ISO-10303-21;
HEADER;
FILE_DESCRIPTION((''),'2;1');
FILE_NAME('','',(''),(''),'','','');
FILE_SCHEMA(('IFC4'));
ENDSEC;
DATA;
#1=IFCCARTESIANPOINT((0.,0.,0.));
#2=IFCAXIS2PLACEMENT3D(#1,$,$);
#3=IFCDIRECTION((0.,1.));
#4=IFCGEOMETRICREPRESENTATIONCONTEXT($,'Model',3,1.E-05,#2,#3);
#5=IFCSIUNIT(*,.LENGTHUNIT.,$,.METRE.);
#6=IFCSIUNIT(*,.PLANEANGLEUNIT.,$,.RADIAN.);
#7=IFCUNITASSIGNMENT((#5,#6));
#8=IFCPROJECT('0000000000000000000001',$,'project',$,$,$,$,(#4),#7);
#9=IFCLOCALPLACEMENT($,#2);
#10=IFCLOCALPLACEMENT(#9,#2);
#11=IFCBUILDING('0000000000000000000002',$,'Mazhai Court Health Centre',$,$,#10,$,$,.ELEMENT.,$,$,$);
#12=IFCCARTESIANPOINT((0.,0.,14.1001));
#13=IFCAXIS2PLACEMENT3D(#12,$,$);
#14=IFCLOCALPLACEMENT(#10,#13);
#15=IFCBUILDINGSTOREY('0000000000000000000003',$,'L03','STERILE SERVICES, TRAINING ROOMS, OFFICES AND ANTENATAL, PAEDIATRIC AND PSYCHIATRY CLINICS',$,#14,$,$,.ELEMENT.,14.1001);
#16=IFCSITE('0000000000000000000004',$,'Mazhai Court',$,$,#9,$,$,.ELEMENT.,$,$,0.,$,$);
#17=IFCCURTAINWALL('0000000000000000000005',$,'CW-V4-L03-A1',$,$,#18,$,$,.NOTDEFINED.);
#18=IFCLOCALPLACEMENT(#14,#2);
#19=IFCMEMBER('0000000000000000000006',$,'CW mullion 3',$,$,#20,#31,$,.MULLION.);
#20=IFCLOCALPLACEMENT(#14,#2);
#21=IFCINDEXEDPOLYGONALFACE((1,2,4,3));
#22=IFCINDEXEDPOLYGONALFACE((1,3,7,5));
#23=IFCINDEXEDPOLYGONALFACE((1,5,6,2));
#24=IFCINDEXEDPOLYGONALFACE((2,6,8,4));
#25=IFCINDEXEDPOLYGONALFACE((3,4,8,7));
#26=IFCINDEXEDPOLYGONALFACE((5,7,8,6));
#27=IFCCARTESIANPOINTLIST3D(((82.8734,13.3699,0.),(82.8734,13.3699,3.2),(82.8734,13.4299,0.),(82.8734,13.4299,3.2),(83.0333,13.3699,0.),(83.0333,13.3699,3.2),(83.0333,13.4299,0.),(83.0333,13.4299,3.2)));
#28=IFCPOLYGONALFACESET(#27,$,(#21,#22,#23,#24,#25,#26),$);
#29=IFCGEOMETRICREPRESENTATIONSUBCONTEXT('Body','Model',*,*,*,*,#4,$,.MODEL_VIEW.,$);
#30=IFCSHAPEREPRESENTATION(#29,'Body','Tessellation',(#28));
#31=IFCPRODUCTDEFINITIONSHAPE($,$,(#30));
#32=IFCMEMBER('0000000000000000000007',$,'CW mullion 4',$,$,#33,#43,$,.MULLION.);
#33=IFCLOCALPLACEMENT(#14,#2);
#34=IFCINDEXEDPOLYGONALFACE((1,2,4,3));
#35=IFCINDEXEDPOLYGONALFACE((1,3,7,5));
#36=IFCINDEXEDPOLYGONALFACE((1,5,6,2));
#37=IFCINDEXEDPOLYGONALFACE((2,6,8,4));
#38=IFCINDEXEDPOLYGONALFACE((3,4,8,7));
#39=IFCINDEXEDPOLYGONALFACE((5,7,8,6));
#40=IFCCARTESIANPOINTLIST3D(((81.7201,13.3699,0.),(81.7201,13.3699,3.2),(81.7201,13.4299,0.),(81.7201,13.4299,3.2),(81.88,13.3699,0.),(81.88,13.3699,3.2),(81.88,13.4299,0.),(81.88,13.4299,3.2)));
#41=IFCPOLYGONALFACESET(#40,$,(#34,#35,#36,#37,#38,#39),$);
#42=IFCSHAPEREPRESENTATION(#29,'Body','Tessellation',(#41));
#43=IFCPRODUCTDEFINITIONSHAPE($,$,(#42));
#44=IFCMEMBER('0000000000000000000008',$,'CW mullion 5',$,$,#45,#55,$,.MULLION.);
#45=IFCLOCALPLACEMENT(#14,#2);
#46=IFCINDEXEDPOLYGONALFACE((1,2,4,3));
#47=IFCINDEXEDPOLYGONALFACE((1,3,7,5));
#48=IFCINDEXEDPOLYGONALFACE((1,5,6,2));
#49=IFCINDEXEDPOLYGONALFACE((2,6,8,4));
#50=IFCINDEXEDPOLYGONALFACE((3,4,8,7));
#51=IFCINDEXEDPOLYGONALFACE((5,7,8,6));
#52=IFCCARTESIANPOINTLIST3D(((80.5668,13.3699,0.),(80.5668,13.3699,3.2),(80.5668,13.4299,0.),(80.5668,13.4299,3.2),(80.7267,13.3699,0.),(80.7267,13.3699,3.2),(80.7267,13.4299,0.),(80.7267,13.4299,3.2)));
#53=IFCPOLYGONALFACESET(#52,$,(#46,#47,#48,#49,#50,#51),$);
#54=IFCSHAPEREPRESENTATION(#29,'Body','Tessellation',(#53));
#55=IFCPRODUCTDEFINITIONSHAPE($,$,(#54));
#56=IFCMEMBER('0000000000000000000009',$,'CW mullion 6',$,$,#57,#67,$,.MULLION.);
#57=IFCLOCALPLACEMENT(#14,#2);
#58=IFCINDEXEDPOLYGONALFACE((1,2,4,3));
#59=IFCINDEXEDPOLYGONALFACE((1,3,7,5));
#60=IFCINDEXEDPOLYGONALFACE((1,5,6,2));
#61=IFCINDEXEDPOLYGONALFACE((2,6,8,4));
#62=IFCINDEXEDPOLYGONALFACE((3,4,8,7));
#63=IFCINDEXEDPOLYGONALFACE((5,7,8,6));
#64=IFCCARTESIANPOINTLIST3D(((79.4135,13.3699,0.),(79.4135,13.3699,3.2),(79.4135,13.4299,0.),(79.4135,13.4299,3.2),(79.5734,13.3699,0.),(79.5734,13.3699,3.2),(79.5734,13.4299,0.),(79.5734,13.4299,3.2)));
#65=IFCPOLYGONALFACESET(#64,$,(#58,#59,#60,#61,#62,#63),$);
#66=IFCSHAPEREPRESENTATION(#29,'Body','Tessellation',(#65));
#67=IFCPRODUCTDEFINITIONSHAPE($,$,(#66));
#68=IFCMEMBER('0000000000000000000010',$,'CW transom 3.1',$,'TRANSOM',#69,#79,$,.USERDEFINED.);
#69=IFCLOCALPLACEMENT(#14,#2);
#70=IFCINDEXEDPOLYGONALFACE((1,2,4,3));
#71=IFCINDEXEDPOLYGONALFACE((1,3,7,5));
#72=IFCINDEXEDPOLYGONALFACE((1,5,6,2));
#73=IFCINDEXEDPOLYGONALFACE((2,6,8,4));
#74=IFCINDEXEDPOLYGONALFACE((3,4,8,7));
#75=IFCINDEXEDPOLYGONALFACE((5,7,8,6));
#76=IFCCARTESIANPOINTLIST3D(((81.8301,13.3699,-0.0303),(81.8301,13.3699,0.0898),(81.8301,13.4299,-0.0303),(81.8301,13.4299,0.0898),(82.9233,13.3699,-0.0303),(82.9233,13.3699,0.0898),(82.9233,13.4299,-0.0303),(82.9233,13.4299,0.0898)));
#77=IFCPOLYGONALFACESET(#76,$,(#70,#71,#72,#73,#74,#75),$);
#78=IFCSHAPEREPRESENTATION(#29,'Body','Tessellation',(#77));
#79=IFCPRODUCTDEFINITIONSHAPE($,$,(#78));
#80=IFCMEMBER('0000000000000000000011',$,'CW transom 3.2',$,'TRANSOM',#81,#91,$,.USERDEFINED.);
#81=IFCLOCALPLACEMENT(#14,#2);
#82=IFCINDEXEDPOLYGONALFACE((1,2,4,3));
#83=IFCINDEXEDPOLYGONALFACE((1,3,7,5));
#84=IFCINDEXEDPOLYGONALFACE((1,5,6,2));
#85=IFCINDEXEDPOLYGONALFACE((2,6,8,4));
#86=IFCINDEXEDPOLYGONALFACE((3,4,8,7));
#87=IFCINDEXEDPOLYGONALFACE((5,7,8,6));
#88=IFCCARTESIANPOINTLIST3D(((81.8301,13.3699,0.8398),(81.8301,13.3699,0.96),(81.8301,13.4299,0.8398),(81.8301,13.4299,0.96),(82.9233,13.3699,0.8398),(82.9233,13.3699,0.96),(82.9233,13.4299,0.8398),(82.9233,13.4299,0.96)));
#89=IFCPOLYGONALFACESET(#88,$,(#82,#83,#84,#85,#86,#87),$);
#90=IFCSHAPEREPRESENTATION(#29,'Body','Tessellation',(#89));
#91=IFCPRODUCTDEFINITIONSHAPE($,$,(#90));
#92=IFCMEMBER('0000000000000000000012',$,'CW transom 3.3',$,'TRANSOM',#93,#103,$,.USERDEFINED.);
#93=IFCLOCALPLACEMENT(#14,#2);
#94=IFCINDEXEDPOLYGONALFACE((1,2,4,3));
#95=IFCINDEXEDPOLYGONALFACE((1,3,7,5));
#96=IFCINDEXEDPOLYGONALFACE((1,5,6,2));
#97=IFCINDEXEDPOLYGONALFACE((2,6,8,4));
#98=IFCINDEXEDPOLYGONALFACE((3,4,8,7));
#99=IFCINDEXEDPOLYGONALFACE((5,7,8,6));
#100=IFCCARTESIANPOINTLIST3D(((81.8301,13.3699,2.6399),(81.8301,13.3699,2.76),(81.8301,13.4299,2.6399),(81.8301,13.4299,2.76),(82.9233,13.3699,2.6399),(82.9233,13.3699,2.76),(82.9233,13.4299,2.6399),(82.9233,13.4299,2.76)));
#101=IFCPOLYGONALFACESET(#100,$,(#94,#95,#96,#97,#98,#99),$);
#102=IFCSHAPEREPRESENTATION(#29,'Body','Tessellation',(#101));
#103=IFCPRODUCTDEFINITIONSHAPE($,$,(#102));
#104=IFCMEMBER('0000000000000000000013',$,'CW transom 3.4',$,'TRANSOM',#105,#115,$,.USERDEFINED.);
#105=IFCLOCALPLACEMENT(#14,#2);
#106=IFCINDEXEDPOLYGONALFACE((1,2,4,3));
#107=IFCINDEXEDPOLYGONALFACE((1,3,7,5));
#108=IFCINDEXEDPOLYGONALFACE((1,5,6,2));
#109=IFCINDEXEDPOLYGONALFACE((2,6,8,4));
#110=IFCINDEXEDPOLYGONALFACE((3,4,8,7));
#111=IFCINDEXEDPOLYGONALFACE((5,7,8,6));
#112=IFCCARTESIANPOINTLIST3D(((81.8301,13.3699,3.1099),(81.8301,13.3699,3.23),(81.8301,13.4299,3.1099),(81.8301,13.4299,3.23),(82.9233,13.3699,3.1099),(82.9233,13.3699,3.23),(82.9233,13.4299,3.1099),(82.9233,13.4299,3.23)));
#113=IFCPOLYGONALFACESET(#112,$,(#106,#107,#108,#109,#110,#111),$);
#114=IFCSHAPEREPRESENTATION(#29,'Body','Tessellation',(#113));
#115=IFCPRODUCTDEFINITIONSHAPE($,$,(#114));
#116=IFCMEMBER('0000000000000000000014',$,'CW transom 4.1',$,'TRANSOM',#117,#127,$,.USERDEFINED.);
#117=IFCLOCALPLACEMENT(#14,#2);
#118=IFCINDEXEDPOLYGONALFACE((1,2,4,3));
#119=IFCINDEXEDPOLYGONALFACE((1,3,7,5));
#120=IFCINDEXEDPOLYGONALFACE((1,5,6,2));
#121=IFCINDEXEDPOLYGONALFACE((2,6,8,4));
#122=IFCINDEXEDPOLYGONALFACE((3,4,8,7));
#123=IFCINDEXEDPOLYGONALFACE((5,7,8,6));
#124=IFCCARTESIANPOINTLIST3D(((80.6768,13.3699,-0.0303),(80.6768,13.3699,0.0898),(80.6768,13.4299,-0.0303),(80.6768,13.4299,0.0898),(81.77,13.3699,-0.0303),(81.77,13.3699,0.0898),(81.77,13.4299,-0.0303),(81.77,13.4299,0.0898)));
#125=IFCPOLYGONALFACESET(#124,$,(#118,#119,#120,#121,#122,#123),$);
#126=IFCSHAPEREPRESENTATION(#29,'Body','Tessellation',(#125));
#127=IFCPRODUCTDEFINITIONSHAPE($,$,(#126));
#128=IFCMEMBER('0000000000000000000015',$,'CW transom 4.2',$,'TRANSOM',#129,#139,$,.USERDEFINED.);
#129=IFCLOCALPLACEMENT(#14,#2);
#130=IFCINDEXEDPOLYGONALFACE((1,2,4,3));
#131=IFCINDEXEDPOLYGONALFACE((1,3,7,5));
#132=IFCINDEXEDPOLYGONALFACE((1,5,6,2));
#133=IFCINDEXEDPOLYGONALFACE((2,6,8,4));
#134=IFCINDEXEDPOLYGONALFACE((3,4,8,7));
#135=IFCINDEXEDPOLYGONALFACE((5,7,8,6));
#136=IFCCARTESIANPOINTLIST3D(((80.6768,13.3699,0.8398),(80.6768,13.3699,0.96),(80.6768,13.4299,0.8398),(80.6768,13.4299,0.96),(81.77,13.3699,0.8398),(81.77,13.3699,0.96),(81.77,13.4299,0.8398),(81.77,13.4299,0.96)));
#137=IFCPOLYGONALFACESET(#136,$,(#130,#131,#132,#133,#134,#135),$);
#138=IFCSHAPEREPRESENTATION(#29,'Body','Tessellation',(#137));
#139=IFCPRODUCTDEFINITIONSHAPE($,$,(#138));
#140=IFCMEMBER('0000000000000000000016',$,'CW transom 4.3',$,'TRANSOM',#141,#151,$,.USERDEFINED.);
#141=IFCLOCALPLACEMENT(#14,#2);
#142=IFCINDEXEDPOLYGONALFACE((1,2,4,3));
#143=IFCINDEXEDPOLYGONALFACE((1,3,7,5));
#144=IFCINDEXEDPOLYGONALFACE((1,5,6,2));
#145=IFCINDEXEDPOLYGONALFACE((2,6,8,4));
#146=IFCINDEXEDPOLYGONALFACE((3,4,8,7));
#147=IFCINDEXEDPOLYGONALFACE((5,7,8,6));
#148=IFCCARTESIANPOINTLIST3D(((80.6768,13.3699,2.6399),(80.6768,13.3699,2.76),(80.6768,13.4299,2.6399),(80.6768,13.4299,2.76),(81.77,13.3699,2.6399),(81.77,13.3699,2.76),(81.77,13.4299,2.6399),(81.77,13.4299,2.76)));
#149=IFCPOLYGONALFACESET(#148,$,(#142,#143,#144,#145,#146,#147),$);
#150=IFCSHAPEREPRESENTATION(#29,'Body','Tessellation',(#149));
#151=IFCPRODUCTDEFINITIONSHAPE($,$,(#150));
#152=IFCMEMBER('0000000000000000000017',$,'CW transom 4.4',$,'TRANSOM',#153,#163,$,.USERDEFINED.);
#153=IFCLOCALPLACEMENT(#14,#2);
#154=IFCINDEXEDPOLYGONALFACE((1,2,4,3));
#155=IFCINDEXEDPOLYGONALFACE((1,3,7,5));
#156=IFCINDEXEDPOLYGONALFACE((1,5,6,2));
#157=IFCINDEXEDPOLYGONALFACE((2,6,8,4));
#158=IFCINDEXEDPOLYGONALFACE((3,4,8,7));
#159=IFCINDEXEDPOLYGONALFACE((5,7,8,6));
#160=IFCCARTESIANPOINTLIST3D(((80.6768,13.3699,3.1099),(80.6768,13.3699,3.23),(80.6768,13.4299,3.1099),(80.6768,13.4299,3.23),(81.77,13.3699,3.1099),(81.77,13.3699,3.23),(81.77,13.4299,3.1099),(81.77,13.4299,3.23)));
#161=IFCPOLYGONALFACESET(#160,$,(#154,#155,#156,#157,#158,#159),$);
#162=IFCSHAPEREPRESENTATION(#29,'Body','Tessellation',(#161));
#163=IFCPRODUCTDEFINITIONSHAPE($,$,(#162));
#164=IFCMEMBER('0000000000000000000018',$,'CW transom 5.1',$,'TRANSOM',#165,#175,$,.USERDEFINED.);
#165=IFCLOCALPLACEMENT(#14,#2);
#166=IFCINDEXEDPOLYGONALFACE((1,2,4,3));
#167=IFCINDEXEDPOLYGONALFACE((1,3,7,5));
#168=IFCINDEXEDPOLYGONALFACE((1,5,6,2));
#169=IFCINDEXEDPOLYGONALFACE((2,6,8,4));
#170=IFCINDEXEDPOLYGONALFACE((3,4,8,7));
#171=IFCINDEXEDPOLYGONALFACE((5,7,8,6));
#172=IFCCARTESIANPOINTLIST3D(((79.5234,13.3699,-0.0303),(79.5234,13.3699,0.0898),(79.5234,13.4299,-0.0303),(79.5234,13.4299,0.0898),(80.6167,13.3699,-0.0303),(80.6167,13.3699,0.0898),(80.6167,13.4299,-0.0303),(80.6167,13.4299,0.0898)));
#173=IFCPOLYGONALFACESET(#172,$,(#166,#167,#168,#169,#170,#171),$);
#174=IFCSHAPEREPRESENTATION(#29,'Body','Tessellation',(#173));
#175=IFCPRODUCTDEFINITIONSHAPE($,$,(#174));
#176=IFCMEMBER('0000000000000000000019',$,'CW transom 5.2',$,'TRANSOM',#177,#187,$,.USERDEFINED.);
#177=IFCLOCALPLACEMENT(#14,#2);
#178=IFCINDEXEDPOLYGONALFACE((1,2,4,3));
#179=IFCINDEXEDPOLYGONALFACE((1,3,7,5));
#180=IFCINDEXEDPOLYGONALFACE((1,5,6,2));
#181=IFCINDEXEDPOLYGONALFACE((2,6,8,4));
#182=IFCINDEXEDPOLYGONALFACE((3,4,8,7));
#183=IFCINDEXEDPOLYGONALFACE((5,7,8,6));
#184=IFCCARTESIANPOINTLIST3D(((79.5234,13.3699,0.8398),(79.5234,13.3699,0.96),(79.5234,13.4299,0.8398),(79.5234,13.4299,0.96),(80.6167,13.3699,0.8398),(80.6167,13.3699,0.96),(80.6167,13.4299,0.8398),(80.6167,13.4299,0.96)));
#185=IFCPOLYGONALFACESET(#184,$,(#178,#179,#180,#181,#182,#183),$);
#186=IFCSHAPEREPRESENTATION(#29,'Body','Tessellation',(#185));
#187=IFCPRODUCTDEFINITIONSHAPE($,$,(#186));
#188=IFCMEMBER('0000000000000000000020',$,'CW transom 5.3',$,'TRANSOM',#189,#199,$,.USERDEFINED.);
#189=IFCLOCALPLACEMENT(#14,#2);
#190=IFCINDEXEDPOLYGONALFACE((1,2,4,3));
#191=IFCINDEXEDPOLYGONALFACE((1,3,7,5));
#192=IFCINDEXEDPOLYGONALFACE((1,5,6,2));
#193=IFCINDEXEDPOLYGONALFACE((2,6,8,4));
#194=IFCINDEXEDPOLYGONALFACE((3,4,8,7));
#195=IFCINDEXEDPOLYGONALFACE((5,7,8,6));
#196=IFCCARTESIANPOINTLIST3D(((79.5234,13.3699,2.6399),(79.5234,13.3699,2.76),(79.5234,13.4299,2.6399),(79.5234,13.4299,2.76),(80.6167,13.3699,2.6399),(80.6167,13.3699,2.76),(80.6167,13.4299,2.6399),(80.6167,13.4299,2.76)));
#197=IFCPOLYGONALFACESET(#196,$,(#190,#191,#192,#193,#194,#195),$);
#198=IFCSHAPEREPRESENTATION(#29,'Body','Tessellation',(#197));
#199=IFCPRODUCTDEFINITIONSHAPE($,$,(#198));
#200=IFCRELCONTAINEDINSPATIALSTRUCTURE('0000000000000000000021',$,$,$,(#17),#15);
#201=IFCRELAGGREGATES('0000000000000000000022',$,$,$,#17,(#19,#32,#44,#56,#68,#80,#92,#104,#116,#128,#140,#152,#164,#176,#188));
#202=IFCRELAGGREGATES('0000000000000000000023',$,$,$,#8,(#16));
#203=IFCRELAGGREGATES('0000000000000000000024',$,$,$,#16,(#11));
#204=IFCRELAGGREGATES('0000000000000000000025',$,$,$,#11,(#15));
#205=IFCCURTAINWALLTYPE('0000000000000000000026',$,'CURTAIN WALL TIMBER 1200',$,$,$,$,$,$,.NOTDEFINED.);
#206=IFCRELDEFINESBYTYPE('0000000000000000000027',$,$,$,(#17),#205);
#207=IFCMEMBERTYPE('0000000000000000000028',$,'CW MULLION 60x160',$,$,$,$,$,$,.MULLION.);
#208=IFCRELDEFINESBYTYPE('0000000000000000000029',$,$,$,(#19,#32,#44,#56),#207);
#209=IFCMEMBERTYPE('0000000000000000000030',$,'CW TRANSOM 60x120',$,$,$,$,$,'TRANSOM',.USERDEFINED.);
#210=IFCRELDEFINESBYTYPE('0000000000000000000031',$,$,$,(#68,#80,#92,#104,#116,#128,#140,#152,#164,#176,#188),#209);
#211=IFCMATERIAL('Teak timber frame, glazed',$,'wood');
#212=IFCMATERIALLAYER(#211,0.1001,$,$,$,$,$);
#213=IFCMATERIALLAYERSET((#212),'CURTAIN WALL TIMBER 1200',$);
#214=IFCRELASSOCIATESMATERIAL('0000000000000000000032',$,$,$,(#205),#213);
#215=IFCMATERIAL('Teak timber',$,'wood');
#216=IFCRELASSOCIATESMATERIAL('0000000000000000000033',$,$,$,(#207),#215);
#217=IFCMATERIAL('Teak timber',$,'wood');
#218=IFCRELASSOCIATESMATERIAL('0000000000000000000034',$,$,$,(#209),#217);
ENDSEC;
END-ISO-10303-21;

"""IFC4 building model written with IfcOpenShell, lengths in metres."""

from ifc_helpers import new_model, si_unit, direction, frame, origin, origin_2d, place, context, subcontext, project, spatial, rectangle, extrude, material, layer, layer_set, material_profile, profile_set, type_object, element, aggregate, save


model = new_model("IFC4")

# Units and contexts
model_context = context("Model", 3, precision=1e-05, world=origin(), true_north=direction((0.0, 1.0)))
body_context = subcontext(model_context, "Body", "Model", "MODEL_VIEW")
ifc_project = project(units=[si_unit("LENGTHUNIT", "METRE"), si_unit("PLANEANGLEUNIT", "RADIAN")], contexts=[model_context])

# Site, building, storey
site_placement = place(None, origin())
site = spatial("IfcSite", under=ifc_project, at=site_placement, Name="Mazhai Court", CompositionType="ELEMENT", RefElevation=0.0)
building_placement = place(site_placement, origin())
building = spatial("IfcBuilding", under=site, at=building_placement, Name="Mazhai Court Health Centre", CompositionType="ELEMENT")
storey_placement = place(building_placement, frame((0.0, 0.0, 14.1001)))
storey = spatial("IfcBuildingStorey", under=building, at=storey_placement, Name="L03", Description="STERILE SERVICES, TRAINING ROOMS, OFFICES AND ANTENATAL, PAEDIATRIC AND PSYCHIATRY CLINICS", CompositionType="ELEMENT", Elevation=14.1001)

# Curtain wall, members
ifc_material_1 = material(Name="Teak timber frame, glazed", Category="wood")
ifc_layer_1 = layer(ifc_material_1, 0.1001)
ifc_layer_set_1 = layer_set([ifc_layer_1], Name="CURTAIN WALL TIMBER 1200")
curtain_wall_type = type_object("IfcCurtainWallType", Name="CURTAIN WALL TIMBER 1200", PredefinedType="NOTDEFINED", material=ifc_layer_set_1)
curtain_wall_placement = place(storey_placement, origin())
curtain_wall = element("IfcCurtainWall", 1, at=curtain_wall_placement, inside=storey, type_object=curtain_wall_type, Name="CW-V4-L03-A1", PredefinedType="NOTDEFINED")
ifc_material_2 = material(Name="Teak timber", Category="wood")
ifc_material_profile_1 = material_profile(ifc_material_2, rectangle(XDim=0.0601, YDim=0.1599, at=origin_2d()), Name="CW MULLION 60x160")
ifc_profile_set_1 = profile_set([ifc_material_profile_1], Name="Teak timber")
member_type_1 = type_object("IfcMemberType", Name="CW MULLION 60x160", PredefinedType="MULLION", material=ifc_profile_set_1)
member_1_placement = place(storey_placement, frame((82.9534, 13.3999, 0.0), z_axis=(0.0, 0.0, 1.0), x_axis=(0.0, -1.0, 0.0)))
member_1 = element("IfcMember", 2, at=member_1_placement, type_object=member_type_1, Name="CW mullion 3", PredefinedType="MULLION", context=body_context, shape_type="SweptSolid", body=[
    extrude(rectangle(XDim=0.0601, YDim=0.1599, at=origin_2d()), origin(), (0.0, 0.0, 1.0), 3.2),
])
member_2_placement = place(storey_placement, frame((81.8, 13.3999, 0.0), z_axis=(0.0, 0.0, 1.0), x_axis=(0.0, -1.0, 0.0)))
member_2 = element("IfcMember", 3, at=member_2_placement, type_object=member_type_1, Name="CW mullion 4", PredefinedType="MULLION", context=body_context, shape_type="SweptSolid", body=[
    extrude(rectangle(XDim=0.0601, YDim=0.1599, at=origin_2d()), origin(), (0.0, 0.0, 1.0), 3.2),
])
member_3_placement = place(storey_placement, frame((80.6467, 13.3999, 0.0), z_axis=(0.0, 0.0, 1.0), x_axis=(0.0, -1.0, 0.0)))
member_3 = element("IfcMember", 4, at=member_3_placement, type_object=member_type_1, Name="CW mullion 5", PredefinedType="MULLION", context=body_context, shape_type="SweptSolid", body=[
    extrude(rectangle(XDim=0.0601, YDim=0.1599, at=origin_2d()), origin(), (0.0, 0.0, 1.0), 3.2),
])
member_4_placement = place(storey_placement, frame((79.4934, 13.3999, 0.0), z_axis=(0.0, 0.0, 1.0), x_axis=(0.0, -1.0, 0.0)))
member_4 = element("IfcMember", 5, at=member_4_placement, type_object=member_type_1, Name="CW mullion 6", PredefinedType="MULLION", context=body_context, shape_type="SweptSolid", body=[
    extrude(rectangle(XDim=0.0601, YDim=0.1599, at=origin_2d()), origin(), (0.0, 0.0, 1.0), 3.2),
])
ifc_material_3 = material(Name="Teak timber", Category="wood")
ifc_material_profile_2 = material_profile(ifc_material_3, rectangle(XDim=0.0601, YDim=0.1201, at=origin_2d()), Name="CW TRANSOM 60x120")
ifc_profile_set_2 = profile_set([ifc_material_profile_2], Name="Teak timber")
member_type_2 = type_object("IfcMemberType", Name="CW TRANSOM 60x120", ElementType="TRANSOM", PredefinedType="USERDEFINED", material=ifc_profile_set_2)
member_5_placement = place(storey_placement, frame((82.9233, 13.3999, 0.0298), z_axis=(-1.0, 0.0, 0.0), x_axis=(0.0, -1.0, 0.0)))
member_5 = element("IfcMember", 6, at=member_5_placement, type_object=member_type_2, Name="CW transom 3.1", ObjectType="TRANSOM", PredefinedType="USERDEFINED", context=body_context, shape_type="SweptSolid", body=[
    extrude(rectangle(XDim=0.0601, YDim=0.1201, at=origin_2d()), origin(), (0.0, 0.0, 1.0), 1.0933),
])
member_6_placement = place(storey_placement, frame((82.9233, 13.3999, 0.8999), z_axis=(-1.0, 0.0, 0.0), x_axis=(0.0, -1.0, 0.0)))
member_6 = element("IfcMember", 7, at=member_6_placement, type_object=member_type_2, Name="CW transom 3.2", ObjectType="TRANSOM", PredefinedType="USERDEFINED", context=body_context, shape_type="SweptSolid", body=[
    extrude(rectangle(XDim=0.0601, YDim=0.1201, at=origin_2d()), origin(), (0.0, 0.0, 1.0), 1.0933),
])
member_7_placement = place(storey_placement, frame((82.9233, 13.3999, 2.7), z_axis=(-1.0, 0.0, 0.0), x_axis=(0.0, -1.0, 0.0)))
member_7 = element("IfcMember", 8, at=member_7_placement, type_object=member_type_2, Name="CW transom 3.3", ObjectType="TRANSOM", PredefinedType="USERDEFINED", context=body_context, shape_type="SweptSolid", body=[
    extrude(rectangle(XDim=0.0601, YDim=0.1201, at=origin_2d()), origin(), (0.0, 0.0, 1.0), 1.0933),
])
member_8_placement = place(storey_placement, frame((82.9233, 13.3999, 3.1699), z_axis=(-1.0, 0.0, 0.0), x_axis=(0.0, -1.0, 0.0)))
member_8 = element("IfcMember", 9, at=member_8_placement, type_object=member_type_2, Name="CW transom 3.4", ObjectType="TRANSOM", PredefinedType="USERDEFINED", context=body_context, shape_type="SweptSolid", body=[
    extrude(rectangle(XDim=0.0601, YDim=0.1201, at=origin_2d()), origin(), (0.0, 0.0, 1.0), 1.0933),
])
member_9_placement = place(storey_placement, frame((81.77, 13.3999, 0.0298), z_axis=(-1.0, 0.0, 0.0), x_axis=(0.0, -1.0, 0.0)))
member_9 = element("IfcMember", 10, at=member_9_placement, type_object=member_type_2, Name="CW transom 4.1", ObjectType="TRANSOM", PredefinedType="USERDEFINED", context=body_context, shape_type="SweptSolid", body=[
    extrude(rectangle(XDim=0.0601, YDim=0.1201, at=origin_2d()), origin(), (0.0, 0.0, 1.0), 1.0933),
])
member_10_placement = place(storey_placement, frame((81.77, 13.3999, 0.8999), z_axis=(-1.0, 0.0, 0.0), x_axis=(0.0, -1.0, 0.0)))
member_10 = element("IfcMember", 11, at=member_10_placement, type_object=member_type_2, Name="CW transom 4.2", ObjectType="TRANSOM", PredefinedType="USERDEFINED", context=body_context, shape_type="SweptSolid", body=[
    extrude(rectangle(XDim=0.0601, YDim=0.1201, at=origin_2d()), origin(), (0.0, 0.0, 1.0), 1.0933),
])
member_11_placement = place(storey_placement, frame((81.77, 13.3999, 2.7), z_axis=(-1.0, 0.0, 0.0), x_axis=(0.0, -1.0, 0.0)))
member_11 = element("IfcMember", 12, at=member_11_placement, type_object=member_type_2, Name="CW transom 4.3", ObjectType="TRANSOM", PredefinedType="USERDEFINED", context=body_context, shape_type="SweptSolid", body=[
    extrude(rectangle(XDim=0.0601, YDim=0.1201, at=origin_2d()), origin(), (0.0, 0.0, 1.0), 1.0933),
])
member_12_placement = place(storey_placement, frame((81.77, 13.3999, 3.1699), z_axis=(-1.0, 0.0, 0.0), x_axis=(0.0, -1.0, 0.0)))
member_12 = element("IfcMember", 13, at=member_12_placement, type_object=member_type_2, Name="CW transom 4.4", ObjectType="TRANSOM", PredefinedType="USERDEFINED", context=body_context, shape_type="SweptSolid", body=[
    extrude(rectangle(XDim=0.0601, YDim=0.1201, at=origin_2d()), origin(), (0.0, 0.0, 1.0), 1.0933),
])
member_13_placement = place(storey_placement, frame((80.6167, 13.3999, 0.0298), z_axis=(-1.0, 0.0, 0.0), x_axis=(0.0, -1.0, 0.0)))
member_13 = element("IfcMember", 14, at=member_13_placement, type_object=member_type_2, Name="CW transom 5.1", ObjectType="TRANSOM", PredefinedType="USERDEFINED", context=body_context, shape_type="SweptSolid", body=[
    extrude(rectangle(XDim=0.0601, YDim=0.1201, at=origin_2d()), origin(), (0.0, 0.0, 1.0), 1.0933),
])
member_14_placement = place(storey_placement, frame((80.6167, 13.3999, 0.8999), z_axis=(-1.0, 0.0, 0.0), x_axis=(0.0, -1.0, 0.0)))
member_14 = element("IfcMember", 15, at=member_14_placement, type_object=member_type_2, Name="CW transom 5.2", ObjectType="TRANSOM", PredefinedType="USERDEFINED", context=body_context, shape_type="SweptSolid", body=[
    extrude(rectangle(XDim=0.0601, YDim=0.1201, at=origin_2d()), origin(), (0.0, 0.0, 1.0), 1.0933),
])
member_15_placement = place(storey_placement, frame((80.6167, 13.3999, 2.7), z_axis=(-1.0, 0.0, 0.0), x_axis=(0.0, -1.0, 0.0)))
member_15 = element("IfcMember", 16, at=member_15_placement, type_object=member_type_2, Name="CW transom 5.3", ObjectType="TRANSOM", PredefinedType="USERDEFINED", context=body_context, shape_type="SweptSolid", body=[
    extrude(rectangle(XDim=0.0601, YDim=0.1201, at=origin_2d()), origin(), (0.0, 0.0, 1.0), 1.0933),
])

aggregate(curtain_wall, [member_1, member_2, member_3, member_4, member_5, member_6, member_7, member_8, member_9, member_10, member_11, member_12, member_13, member_14, member_15])

save(model, "model.ifc")
